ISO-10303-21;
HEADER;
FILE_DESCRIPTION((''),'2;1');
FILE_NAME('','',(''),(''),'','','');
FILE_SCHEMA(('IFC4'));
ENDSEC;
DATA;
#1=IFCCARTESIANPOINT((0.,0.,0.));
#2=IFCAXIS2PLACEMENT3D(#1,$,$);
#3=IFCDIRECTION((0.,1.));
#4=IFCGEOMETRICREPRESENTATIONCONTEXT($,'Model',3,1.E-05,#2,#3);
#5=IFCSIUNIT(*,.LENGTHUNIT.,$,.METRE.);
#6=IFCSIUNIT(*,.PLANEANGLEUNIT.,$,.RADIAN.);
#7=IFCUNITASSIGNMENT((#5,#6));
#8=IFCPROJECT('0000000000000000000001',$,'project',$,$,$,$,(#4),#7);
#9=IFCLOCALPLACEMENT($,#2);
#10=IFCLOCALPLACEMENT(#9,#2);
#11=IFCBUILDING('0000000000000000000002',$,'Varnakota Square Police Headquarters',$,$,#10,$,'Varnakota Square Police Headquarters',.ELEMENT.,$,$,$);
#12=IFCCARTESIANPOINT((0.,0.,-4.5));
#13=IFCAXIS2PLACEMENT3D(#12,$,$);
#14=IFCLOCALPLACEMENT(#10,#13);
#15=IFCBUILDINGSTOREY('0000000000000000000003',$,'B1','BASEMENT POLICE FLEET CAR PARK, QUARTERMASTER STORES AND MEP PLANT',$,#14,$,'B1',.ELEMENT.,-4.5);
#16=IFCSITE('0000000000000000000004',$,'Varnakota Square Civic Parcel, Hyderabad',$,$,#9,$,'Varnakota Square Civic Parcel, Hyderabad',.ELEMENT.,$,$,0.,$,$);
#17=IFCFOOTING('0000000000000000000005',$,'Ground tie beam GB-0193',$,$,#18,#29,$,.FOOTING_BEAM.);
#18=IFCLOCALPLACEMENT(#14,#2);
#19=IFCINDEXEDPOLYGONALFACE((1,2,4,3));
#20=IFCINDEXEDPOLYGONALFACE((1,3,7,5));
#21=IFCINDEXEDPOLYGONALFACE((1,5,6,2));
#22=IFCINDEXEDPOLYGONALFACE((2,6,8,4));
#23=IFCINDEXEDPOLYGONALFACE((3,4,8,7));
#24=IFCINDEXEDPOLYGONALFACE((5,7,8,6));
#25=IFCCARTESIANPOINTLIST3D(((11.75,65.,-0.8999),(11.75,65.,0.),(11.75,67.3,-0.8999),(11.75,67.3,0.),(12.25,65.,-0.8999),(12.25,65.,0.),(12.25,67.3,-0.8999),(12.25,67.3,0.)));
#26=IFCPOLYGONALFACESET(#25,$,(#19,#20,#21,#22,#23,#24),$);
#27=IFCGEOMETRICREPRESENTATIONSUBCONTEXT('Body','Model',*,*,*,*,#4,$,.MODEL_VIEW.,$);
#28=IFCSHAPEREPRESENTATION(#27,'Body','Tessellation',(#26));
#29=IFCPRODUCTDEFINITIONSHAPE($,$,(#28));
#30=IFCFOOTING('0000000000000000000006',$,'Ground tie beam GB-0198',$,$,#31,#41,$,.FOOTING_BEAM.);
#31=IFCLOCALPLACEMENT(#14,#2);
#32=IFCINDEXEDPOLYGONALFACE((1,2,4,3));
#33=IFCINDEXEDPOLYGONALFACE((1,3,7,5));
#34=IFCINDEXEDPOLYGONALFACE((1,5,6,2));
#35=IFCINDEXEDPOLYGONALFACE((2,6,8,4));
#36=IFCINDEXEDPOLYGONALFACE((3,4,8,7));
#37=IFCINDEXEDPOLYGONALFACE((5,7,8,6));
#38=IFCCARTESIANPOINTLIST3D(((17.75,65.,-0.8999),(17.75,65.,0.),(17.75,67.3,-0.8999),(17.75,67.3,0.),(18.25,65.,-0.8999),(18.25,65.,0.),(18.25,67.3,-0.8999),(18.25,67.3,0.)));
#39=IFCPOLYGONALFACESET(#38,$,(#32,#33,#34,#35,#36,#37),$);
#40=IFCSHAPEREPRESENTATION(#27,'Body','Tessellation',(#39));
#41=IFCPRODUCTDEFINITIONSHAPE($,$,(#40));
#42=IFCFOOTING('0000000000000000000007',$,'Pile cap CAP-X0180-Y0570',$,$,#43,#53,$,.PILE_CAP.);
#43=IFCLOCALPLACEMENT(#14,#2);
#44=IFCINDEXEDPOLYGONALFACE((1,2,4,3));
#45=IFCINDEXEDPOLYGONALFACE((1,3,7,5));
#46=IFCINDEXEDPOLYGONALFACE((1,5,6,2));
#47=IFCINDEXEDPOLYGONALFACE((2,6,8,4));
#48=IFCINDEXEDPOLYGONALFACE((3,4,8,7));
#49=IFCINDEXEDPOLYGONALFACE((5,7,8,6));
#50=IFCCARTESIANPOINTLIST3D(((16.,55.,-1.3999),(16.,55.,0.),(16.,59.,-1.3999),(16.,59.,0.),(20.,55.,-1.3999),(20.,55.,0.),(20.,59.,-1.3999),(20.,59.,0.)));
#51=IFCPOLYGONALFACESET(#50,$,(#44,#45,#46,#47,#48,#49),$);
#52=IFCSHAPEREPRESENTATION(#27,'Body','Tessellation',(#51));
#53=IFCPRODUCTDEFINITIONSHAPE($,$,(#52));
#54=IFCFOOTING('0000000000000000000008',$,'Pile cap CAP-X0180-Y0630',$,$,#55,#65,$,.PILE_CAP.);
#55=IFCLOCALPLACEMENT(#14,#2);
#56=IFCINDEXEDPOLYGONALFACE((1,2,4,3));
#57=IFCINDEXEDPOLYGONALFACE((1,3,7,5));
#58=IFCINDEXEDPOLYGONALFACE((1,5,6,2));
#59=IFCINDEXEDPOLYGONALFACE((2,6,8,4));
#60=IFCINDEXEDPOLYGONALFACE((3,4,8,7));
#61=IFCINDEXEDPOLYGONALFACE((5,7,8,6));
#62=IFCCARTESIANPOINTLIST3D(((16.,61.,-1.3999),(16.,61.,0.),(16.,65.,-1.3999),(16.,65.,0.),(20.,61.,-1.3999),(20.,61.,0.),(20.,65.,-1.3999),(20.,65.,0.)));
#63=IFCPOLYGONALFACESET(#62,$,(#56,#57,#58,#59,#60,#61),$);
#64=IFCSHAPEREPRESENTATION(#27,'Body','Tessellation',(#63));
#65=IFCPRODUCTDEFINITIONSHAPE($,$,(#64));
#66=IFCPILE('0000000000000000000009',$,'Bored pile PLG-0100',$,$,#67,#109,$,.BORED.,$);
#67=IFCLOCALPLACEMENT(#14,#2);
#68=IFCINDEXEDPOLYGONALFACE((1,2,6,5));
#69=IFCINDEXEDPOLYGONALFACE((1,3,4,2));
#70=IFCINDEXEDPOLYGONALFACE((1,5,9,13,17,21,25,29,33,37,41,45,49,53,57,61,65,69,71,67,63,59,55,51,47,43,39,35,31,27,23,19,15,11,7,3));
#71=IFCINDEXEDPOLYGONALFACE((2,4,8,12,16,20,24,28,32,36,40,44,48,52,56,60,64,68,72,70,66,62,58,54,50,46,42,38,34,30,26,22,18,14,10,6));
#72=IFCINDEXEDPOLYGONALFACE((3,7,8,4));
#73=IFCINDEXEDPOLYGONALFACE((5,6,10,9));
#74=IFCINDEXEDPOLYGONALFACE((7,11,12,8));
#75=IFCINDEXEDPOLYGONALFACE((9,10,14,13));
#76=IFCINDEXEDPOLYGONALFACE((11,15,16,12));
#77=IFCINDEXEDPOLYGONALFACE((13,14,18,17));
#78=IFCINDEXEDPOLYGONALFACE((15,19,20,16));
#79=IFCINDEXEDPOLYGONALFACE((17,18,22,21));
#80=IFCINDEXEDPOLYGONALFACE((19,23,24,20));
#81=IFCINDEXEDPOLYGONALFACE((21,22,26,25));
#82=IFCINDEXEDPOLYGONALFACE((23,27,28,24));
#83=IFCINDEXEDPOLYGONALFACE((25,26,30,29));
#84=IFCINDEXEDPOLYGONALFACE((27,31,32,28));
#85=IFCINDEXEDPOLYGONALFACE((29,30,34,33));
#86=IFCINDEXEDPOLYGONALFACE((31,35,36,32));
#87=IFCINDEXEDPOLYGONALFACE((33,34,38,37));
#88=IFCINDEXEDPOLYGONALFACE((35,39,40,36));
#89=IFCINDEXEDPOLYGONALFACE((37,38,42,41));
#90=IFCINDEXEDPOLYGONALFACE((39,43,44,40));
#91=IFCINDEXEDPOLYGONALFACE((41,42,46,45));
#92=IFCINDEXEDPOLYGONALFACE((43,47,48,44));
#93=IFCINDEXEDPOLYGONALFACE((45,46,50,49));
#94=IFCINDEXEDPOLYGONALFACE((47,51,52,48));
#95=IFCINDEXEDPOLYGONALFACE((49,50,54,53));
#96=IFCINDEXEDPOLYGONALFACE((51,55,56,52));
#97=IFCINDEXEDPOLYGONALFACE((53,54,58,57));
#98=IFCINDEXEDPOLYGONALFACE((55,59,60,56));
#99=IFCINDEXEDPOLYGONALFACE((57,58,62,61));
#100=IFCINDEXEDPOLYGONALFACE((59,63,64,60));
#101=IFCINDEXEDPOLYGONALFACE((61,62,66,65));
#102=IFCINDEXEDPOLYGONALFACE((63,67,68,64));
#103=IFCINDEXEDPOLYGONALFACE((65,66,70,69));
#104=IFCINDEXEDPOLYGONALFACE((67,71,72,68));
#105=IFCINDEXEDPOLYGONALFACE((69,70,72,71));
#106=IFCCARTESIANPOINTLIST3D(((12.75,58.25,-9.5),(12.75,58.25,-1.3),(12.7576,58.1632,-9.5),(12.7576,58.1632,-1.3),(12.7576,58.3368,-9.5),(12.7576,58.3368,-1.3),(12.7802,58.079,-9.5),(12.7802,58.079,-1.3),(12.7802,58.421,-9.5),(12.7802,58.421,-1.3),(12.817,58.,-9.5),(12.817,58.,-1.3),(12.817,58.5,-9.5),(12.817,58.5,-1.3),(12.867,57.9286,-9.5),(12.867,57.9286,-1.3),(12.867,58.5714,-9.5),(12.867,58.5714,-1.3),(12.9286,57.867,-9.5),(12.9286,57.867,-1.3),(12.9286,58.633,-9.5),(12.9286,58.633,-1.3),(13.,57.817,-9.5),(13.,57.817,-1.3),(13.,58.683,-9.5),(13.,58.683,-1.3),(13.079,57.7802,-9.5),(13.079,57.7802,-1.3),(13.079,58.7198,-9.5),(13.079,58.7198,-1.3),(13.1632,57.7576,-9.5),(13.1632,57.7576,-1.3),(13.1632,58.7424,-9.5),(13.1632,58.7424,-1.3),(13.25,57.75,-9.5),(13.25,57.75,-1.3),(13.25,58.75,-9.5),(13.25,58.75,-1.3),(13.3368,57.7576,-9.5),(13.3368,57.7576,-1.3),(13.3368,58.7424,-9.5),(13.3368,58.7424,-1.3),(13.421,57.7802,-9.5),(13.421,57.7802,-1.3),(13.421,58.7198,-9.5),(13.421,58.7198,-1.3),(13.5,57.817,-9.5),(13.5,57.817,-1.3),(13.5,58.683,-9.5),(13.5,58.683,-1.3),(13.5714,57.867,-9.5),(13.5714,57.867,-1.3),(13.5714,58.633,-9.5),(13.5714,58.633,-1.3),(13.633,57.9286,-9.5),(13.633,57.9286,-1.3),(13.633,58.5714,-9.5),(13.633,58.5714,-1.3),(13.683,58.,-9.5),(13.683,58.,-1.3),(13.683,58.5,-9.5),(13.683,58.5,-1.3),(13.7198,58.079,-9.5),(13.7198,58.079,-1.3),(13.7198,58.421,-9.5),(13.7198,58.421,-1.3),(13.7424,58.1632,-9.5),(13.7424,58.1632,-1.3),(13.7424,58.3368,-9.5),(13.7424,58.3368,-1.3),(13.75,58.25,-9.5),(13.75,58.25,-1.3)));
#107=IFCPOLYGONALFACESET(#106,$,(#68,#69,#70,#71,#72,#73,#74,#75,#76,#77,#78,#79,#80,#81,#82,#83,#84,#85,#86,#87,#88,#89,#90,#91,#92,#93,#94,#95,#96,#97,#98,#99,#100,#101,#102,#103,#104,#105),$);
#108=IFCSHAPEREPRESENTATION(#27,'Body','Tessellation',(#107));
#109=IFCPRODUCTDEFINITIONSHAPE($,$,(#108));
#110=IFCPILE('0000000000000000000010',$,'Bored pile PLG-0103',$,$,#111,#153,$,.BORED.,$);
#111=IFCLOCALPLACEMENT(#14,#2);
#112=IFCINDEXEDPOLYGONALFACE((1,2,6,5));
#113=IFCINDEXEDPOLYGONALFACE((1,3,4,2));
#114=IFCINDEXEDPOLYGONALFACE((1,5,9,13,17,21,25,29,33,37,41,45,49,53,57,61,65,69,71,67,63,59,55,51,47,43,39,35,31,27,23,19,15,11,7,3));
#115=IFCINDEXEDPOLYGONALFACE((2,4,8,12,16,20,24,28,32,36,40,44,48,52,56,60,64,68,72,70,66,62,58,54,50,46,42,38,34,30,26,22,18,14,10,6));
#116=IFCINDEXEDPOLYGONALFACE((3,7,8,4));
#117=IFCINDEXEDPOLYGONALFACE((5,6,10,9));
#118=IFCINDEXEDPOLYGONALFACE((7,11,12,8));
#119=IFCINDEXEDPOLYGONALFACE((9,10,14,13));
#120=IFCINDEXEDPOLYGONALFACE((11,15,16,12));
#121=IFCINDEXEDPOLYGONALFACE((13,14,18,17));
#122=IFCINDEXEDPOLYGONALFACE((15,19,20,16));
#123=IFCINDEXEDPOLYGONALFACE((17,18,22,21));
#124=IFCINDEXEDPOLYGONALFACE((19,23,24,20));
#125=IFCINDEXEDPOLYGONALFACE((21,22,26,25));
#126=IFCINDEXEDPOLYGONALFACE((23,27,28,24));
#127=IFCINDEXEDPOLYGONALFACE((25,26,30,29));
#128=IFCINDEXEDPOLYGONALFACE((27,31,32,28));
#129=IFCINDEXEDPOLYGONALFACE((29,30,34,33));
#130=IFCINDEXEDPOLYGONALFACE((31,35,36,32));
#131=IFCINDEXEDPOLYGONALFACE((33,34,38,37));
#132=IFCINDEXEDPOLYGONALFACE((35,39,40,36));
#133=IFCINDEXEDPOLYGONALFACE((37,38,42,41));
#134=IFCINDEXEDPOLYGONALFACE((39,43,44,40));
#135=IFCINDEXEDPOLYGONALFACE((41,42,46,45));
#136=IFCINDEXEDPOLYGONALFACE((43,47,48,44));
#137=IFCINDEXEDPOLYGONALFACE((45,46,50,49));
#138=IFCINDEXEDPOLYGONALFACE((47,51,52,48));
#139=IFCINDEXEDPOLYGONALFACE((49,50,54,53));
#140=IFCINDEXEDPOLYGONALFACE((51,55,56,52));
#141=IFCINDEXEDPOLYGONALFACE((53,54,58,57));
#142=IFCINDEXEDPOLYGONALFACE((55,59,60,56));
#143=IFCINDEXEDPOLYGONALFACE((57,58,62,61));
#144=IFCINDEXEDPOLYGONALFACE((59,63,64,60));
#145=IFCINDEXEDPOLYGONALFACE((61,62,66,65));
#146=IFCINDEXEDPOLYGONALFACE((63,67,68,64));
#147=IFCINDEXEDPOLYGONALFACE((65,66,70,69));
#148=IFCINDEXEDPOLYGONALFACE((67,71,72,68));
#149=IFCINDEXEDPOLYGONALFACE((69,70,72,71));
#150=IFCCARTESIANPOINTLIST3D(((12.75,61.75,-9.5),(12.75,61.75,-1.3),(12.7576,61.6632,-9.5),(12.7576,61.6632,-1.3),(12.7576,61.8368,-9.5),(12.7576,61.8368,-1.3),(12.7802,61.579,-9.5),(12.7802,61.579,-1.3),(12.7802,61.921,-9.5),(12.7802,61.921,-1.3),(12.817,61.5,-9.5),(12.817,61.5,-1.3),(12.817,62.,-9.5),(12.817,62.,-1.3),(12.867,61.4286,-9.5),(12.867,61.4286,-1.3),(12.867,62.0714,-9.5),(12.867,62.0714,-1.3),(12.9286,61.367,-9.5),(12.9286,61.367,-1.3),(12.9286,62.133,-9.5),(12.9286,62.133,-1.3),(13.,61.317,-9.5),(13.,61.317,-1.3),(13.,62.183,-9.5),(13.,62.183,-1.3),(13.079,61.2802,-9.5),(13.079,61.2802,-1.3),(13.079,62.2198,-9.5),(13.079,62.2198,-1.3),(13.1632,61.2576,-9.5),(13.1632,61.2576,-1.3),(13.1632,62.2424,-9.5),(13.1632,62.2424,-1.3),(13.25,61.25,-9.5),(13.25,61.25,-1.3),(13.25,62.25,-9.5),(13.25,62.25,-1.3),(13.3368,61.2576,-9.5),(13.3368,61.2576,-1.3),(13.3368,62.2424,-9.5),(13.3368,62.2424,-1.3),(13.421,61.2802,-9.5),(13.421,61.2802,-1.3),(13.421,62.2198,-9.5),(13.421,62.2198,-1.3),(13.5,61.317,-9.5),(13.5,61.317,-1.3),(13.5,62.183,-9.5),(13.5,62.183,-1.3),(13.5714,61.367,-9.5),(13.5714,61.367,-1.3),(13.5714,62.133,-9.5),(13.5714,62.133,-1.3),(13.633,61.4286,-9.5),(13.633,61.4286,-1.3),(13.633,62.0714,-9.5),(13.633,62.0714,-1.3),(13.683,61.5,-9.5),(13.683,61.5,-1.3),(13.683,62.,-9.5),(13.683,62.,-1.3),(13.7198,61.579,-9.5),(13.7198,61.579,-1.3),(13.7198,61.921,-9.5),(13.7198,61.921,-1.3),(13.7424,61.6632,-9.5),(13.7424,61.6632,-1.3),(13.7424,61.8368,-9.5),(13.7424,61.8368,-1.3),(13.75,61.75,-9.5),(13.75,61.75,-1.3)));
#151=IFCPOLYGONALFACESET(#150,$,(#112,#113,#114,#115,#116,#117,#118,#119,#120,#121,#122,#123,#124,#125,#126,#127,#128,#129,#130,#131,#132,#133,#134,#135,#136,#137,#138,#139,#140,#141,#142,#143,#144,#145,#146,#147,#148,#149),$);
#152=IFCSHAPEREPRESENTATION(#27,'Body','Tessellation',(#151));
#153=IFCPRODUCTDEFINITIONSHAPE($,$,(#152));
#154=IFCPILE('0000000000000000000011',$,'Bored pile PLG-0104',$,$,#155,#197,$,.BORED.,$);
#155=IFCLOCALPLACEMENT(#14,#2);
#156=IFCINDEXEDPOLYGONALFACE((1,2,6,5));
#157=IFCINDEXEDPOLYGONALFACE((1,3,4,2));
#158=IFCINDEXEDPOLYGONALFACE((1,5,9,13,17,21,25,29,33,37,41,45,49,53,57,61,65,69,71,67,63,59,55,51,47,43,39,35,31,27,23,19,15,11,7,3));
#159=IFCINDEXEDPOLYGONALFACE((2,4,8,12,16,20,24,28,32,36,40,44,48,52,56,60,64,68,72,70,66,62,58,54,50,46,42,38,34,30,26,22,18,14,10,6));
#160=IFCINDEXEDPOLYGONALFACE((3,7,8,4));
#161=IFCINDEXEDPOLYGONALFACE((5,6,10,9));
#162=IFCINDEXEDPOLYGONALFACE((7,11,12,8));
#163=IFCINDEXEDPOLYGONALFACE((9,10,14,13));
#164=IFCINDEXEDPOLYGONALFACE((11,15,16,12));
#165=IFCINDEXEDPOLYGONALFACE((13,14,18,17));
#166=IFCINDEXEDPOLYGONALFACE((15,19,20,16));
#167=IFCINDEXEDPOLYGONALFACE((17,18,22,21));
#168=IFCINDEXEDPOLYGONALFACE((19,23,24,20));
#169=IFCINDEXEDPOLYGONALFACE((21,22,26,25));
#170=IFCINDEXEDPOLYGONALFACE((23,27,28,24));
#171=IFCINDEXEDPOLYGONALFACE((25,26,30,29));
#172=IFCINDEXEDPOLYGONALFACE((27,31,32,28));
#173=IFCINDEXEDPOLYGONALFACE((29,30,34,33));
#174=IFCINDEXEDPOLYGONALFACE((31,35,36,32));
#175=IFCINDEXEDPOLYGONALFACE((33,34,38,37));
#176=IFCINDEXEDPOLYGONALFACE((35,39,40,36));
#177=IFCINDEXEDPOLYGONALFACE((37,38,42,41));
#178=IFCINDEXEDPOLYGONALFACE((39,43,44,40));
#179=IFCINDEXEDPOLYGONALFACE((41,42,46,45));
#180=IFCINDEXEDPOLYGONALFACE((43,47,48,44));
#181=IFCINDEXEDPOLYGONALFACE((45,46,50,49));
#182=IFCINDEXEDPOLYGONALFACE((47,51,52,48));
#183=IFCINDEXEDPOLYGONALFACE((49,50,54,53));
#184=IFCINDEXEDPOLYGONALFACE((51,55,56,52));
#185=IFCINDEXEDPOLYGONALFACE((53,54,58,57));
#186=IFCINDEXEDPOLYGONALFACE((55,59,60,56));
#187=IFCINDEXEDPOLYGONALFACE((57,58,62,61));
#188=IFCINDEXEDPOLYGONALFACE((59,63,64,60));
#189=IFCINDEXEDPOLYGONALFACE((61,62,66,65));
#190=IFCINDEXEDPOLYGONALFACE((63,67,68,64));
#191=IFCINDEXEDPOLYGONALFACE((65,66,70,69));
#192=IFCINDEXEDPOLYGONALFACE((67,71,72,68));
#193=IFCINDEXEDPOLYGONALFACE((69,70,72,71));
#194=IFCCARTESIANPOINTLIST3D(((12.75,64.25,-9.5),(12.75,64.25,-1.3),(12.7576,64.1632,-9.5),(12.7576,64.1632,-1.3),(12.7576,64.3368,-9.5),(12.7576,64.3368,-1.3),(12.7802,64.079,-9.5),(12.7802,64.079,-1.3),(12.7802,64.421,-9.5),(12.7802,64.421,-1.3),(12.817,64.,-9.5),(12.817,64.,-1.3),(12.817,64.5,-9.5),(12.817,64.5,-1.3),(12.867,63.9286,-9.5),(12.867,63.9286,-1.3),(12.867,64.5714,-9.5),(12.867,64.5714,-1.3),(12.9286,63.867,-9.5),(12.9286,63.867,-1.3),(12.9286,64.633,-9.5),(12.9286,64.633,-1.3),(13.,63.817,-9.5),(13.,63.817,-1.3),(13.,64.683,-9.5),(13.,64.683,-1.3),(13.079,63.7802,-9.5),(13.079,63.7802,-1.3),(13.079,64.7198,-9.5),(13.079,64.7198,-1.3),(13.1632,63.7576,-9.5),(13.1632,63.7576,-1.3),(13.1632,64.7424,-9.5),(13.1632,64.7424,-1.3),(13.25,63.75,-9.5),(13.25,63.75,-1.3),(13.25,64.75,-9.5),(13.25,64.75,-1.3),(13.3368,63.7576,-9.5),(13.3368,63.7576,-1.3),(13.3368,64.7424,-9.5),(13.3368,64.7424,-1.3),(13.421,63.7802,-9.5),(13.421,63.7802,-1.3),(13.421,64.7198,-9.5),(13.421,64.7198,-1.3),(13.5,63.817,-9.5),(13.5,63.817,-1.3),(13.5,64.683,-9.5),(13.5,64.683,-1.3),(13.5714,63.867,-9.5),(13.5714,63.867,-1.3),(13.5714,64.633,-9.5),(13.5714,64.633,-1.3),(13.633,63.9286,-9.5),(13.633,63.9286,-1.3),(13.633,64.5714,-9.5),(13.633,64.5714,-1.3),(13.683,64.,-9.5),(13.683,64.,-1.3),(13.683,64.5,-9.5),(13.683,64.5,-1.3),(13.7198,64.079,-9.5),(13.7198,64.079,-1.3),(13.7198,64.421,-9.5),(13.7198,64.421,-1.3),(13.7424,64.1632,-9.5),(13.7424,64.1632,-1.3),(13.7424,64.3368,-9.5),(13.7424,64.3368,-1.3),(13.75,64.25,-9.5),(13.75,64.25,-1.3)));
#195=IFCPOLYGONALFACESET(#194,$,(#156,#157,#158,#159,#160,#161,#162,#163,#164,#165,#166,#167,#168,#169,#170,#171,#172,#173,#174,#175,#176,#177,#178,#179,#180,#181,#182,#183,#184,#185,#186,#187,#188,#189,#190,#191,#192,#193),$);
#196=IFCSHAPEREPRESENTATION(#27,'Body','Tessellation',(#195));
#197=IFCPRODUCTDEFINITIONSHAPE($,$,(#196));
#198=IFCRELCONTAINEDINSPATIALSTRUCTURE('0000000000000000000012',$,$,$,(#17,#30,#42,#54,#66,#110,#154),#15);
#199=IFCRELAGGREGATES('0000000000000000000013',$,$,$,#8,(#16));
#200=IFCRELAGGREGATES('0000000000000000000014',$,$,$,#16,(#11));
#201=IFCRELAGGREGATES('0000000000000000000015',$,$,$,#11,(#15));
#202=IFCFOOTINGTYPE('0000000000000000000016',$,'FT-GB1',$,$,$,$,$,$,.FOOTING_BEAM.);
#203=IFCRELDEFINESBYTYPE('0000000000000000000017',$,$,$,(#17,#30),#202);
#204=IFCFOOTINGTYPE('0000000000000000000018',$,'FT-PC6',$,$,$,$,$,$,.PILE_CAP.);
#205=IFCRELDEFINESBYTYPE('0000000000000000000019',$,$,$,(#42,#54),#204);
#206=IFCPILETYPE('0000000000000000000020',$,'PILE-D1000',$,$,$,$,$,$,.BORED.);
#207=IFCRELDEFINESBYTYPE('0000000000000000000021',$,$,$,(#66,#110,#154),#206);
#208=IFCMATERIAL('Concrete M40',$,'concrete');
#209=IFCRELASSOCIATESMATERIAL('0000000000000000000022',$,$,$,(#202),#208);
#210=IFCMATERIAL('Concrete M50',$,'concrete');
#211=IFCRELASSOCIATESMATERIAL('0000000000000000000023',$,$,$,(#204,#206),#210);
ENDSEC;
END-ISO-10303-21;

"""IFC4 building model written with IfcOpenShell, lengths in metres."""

from ifc_helpers import new_model, si_unit, direction, frame, origin, origin_2d, place, context, subcontext, project, spatial, rectangle, circle, extrude, material, material_profile, profile_set, type_object, element, save


model = new_model("IFC4")

# Units and contexts
model_context = context("Model", 3, precision=1e-05, world=origin(), true_north=direction((0.0, 1.0)))
body_context = subcontext(model_context, "Body", "Model", "MODEL_VIEW")
ifc_project = project(units=[si_unit("LENGTHUNIT", "METRE"), si_unit("PLANEANGLEUNIT", "RADIAN")], contexts=[model_context])

# Site, building, storey
site_placement = place(None, origin())
site = spatial("IfcSite", under=ifc_project, at=site_placement, Name="Varnakota Square Civic Parcel, Hyderabad", LongName="Varnakota Square Civic Parcel, Hyderabad", CompositionType="ELEMENT", RefElevation=0.0)
building_placement = place(site_placement, origin())
building = spatial("IfcBuilding", under=site, at=building_placement, Name="Varnakota Square Police Headquarters", LongName="Varnakota Square Police Headquarters", CompositionType="ELEMENT")
storey_placement = place(building_placement, frame((0.0, 0.0, -4.5)))
storey = spatial("IfcBuildingStorey", under=building, at=storey_placement, Name="B1", Description="BASEMENT POLICE FLEET CAR PARK, QUARTERMASTER STORES AND MEP PLANT", LongName="B1", CompositionType="ELEMENT", Elevation=-4.5)

# Footings
ifc_material_1 = material(Name="Concrete M40", Category="concrete")
ifc_material_profile_1 = material_profile(ifc_material_1, rectangle(XDim=0.5, YDim=0.8999, at=origin_2d()), Name="GB 500x900")
ifc_profile_set_1 = profile_set([ifc_material_profile_1], Name="Concrete M40")
footing_type_1 = type_object("IfcFootingType", Name="FT-GB1", PredefinedType="FOOTING_BEAM", material=ifc_profile_set_1)
for number, where, z_axis, x_axis, name in (
    (1, (12.0, 65.0, -0.45), (0.0, 1.0, 0.0), (-1.0, 0.0, 0.0), "Ground tie beam GB-0193"),
    (2, (18.0, 65.0, -0.45), (0.0, 1.0, 0.0), (-1.0, 0.0, 0.0), "Ground tie beam GB-0198"),
):
    element("IfcFooting", number, at=place(storey_placement, frame(where, z_axis=z_axis, x_axis=x_axis)), inside=storey, type_object=footing_type_1, Name=name, PredefinedType="FOOTING_BEAM", context=body_context, shape_type="SweptSolid", body=[
        extrude(rectangle(XDim=0.5, YDim=0.8999, at=origin_2d()), origin(), (0.0, 0.0, 1.0), 2.3),
    ])
ifc_material_2 = material(Name="Concrete M50", Category="concrete")
footing_type_2 = type_object("IfcFootingType", Name="FT-PC6", PredefinedType="PILE_CAP", material=ifc_material_2)
for number, where, z_axis, x_axis, name in (
    (3, (18.0, 57.0, -1.3999), (0.0, 0.0, 1.0), (1.0, 0.0, 0.0), "Pile cap CAP-X0180-Y0570"),
    (4, (18.0, 63.0, -1.3999), (0.0, 0.0, 1.0), (1.0, 0.0, 0.0), "Pile cap CAP-X0180-Y0630"),
):
    element("IfcFooting", number, at=place(storey_placement, frame(where, z_axis=z_axis, x_axis=x_axis)), inside=storey, type_object=footing_type_2, Name=name, PredefinedType="PILE_CAP", context=body_context, shape_type="SweptSolid", body=[
        extrude(rectangle(XDim=4.0, YDim=4.0, at=origin_2d()), origin(), (0.0, 0.0, 1.0), 1.3999),
    ])

# Piles
ifc_material_profile_2 = material_profile(ifc_material_2, circle(Radius=0.5, at=origin_2d()), Name="BORED PILE 1000")
ifc_profile_set_2 = profile_set([ifc_material_profile_2], Name="Concrete M50")
pile_type_1 = type_object("IfcPileType", Name="PILE-D1000", PredefinedType="BORED", material=ifc_profile_set_2)
for number, where, z_axis, x_axis, name in (
    (5, (13.25, 58.25, -1.3), (0.0, 0.0, -1.0), (1.0, 0.0, 0.0), "Bored pile PLG-0100"),
    (6, (13.25, 61.75, -1.3), (0.0, 0.0, -1.0), (1.0, 0.0, 0.0), "Bored pile PLG-0103"),
    (7, (13.25, 64.25, -1.3), (0.0, 0.0, -1.0), (1.0, 0.0, 0.0), "Bored pile PLG-0104"),
):
    element("IfcPile", number, at=place(storey_placement, frame(where, z_axis=z_axis, x_axis=x_axis)), inside=storey, type_object=pile_type_1, Name=name, PredefinedType="BORED", context=body_context, shape_type="SweptSolid", body=[
        extrude(circle(Radius=0.5, at=origin_2d()), origin(), (0.0, 0.0, 1.0), 8.2),
    ])

save(model, "model.ifc")
